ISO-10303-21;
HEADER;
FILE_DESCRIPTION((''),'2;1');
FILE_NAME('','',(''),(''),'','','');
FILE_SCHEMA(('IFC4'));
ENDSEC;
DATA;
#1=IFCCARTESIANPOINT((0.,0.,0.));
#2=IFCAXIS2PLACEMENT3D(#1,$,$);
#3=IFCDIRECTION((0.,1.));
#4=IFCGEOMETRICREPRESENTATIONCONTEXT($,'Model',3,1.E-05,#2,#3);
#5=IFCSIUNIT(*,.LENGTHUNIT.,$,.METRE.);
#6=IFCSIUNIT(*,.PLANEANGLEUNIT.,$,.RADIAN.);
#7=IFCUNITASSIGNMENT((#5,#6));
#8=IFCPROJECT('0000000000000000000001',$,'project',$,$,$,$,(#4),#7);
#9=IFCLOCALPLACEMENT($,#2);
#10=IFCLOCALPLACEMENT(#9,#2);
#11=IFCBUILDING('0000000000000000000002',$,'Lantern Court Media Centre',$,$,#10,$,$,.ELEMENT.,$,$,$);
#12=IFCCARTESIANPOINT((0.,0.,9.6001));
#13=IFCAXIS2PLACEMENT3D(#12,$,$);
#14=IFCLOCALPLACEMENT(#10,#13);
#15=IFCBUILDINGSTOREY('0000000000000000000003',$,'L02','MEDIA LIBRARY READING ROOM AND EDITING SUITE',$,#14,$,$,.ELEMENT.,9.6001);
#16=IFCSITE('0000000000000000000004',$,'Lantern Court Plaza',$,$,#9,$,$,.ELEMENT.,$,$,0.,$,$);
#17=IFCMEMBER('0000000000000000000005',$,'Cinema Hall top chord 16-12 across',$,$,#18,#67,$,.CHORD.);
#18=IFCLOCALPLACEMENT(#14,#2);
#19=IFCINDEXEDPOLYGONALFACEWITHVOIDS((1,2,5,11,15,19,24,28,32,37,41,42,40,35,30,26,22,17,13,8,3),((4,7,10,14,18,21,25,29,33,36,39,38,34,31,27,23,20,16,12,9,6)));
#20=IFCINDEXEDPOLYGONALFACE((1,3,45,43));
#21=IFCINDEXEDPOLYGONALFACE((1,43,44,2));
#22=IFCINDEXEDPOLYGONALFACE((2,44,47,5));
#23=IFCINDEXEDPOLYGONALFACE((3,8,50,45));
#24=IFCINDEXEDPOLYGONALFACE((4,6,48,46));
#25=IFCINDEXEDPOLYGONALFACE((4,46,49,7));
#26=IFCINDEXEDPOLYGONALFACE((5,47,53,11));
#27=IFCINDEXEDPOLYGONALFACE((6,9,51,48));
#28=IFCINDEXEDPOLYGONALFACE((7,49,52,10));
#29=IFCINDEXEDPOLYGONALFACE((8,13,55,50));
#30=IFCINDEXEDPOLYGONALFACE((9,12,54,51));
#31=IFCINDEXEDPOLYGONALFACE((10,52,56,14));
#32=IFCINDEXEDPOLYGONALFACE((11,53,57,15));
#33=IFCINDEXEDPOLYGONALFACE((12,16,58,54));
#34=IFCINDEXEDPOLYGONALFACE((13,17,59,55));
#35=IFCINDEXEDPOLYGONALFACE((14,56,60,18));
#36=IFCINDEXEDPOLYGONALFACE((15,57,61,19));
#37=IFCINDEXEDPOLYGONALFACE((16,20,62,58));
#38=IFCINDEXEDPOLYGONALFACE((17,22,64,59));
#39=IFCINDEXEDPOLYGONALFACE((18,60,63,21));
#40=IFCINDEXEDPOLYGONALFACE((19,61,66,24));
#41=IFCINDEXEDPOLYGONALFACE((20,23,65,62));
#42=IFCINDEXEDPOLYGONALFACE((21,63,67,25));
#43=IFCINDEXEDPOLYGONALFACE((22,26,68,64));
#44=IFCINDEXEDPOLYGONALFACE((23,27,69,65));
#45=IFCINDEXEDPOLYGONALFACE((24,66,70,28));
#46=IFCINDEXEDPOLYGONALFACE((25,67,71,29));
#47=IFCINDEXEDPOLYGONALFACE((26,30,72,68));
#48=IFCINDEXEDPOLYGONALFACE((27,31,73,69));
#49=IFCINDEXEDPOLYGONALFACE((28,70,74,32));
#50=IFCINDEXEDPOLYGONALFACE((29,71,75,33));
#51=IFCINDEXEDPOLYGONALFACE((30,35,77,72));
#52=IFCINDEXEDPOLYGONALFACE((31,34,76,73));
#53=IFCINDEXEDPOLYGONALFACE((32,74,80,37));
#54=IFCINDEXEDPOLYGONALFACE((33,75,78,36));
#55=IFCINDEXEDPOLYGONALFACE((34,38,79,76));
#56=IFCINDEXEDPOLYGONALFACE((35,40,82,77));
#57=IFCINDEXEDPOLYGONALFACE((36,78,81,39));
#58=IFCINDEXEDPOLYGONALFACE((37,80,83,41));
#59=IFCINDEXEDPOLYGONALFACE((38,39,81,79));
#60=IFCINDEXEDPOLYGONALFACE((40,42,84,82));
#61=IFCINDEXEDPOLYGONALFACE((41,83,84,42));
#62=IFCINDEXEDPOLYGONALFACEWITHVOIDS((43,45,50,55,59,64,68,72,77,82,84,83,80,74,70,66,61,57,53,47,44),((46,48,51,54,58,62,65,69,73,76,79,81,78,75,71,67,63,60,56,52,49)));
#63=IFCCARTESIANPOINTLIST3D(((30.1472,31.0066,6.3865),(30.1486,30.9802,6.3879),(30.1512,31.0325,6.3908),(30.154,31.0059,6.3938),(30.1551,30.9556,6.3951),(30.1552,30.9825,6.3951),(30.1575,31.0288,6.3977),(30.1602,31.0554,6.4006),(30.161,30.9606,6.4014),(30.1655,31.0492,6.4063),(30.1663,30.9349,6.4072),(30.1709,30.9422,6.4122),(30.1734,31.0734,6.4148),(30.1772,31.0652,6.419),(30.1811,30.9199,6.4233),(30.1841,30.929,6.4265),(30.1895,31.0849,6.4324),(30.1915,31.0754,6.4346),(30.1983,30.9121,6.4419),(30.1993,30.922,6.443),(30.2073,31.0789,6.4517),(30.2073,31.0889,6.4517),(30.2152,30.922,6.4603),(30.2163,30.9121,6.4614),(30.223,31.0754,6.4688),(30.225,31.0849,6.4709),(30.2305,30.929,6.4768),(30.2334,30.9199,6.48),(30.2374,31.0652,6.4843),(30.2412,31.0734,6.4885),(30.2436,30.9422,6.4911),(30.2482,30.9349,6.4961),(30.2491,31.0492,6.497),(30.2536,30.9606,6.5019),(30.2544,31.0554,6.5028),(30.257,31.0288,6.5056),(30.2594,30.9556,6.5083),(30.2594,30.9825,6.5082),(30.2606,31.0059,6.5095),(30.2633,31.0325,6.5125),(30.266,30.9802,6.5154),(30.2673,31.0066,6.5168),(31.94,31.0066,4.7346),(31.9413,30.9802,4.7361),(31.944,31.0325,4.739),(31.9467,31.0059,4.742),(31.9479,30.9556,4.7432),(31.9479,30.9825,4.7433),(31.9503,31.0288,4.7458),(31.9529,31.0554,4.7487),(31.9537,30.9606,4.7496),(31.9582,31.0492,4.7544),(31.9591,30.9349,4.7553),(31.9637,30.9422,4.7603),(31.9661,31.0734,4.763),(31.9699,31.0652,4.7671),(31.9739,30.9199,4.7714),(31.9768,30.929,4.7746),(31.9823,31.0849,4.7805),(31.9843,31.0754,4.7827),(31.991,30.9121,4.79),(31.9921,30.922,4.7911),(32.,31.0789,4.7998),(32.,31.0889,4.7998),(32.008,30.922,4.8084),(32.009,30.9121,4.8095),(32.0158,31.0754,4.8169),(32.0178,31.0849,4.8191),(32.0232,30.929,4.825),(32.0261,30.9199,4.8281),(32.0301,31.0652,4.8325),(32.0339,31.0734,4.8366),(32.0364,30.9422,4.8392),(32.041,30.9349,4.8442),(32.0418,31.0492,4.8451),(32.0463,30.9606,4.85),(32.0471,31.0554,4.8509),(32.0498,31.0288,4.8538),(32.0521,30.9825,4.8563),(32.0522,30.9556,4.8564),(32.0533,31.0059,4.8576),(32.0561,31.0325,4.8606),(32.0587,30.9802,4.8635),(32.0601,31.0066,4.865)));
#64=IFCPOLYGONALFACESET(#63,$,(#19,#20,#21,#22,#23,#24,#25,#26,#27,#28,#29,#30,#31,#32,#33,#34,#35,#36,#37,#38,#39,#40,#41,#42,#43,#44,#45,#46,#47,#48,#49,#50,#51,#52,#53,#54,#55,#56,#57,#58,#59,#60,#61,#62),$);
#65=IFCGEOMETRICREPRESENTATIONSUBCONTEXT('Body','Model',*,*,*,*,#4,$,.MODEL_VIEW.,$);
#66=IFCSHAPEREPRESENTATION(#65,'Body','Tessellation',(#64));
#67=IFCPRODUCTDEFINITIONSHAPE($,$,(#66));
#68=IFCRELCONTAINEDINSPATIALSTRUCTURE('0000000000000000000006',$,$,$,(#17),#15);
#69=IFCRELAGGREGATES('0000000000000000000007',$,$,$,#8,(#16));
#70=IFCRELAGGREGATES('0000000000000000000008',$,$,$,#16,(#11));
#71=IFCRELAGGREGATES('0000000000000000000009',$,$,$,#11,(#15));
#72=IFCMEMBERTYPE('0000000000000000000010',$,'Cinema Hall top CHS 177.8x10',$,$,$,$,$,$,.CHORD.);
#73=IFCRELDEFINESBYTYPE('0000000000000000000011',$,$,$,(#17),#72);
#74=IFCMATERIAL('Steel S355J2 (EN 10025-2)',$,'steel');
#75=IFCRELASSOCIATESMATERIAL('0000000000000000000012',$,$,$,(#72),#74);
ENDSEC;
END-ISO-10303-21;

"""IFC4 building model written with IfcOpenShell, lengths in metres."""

from ifc_helpers import new_model, si_unit, direction, frame, origin, origin_2d, place, context, subcontext, project, spatial, hollow_circle, extrude, material, material_profile, profile_set, type_object, element, save


model = new_model("IFC4")

# Units and contexts
model_context = context("Model", 3, precision=1e-05, world=origin(), true_north=direction((0.0, 1.0)))
body_context = subcontext(model_context, "Body", "Model", "MODEL_VIEW")
ifc_project = project(units=[si_unit("LENGTHUNIT", "METRE"), si_unit("PLANEANGLEUNIT", "RADIAN")], contexts=[model_context])

# Site, building, storey
site_placement = place(None, origin())
site = spatial("IfcSite", under=ifc_project, at=site_placement, Name="Lantern Court Plaza", CompositionType="ELEMENT", RefElevation=0.0)
building_placement = place(site_placement, origin())
building = spatial("IfcBuilding", under=site, at=building_placement, Name="Lantern Court Media Centre", CompositionType="ELEMENT")
storey_placement = place(building_placement, frame((0.0, 0.0, 9.6001)))
storey = spatial("IfcBuildingStorey", under=building, at=storey_placement, Name="L02", Description="MEDIA LIBRARY READING ROOM AND EDITING SUITE", CompositionType="ELEMENT", Elevation=9.6001)

# Member
ifc_material = material(Name="Steel S355J2 (EN 10025-2)", Category="steel")
ifc_material_profile_1 = material_profile(ifc_material, hollow_circle(Radius=0.0889, WallThickness=0.01, at=origin_2d()), Name="Cinema Hall top CHS 177.8x10")
ifc_profile_set_1 = profile_set([ifc_material_profile_1], Name="Steel S355J2 (EN 10025-2)")
member_type_1 = type_object("IfcMemberType", Name="Cinema Hall top CHS 177.8x10", PredefinedType="CHORD", material=ifc_profile_set_1)
for number, where, z_axis, x_axis, name in (
    (1, (30.2073, 31.0, 6.4517), (0.73541, 0.0, -0.677623), (0.0, 1.0, 0.0), "Cinema Hall top chord 16-12 across"),
):
    element("IfcMember", number, at=place(storey_placement, frame(where, z_axis=z_axis, x_axis=x_axis)), inside=storey, type_object=member_type_1, Name=name, PredefinedType="CHORD", context=body_context, shape_type="SweptSolid", body=[
        extrude(hollow_circle(Radius=0.0889, WallThickness=0.01, at=origin_2d()), origin(), (0.0, 0.0, 1.0), 2.4377),
    ])

save(model, "model.ifc")
